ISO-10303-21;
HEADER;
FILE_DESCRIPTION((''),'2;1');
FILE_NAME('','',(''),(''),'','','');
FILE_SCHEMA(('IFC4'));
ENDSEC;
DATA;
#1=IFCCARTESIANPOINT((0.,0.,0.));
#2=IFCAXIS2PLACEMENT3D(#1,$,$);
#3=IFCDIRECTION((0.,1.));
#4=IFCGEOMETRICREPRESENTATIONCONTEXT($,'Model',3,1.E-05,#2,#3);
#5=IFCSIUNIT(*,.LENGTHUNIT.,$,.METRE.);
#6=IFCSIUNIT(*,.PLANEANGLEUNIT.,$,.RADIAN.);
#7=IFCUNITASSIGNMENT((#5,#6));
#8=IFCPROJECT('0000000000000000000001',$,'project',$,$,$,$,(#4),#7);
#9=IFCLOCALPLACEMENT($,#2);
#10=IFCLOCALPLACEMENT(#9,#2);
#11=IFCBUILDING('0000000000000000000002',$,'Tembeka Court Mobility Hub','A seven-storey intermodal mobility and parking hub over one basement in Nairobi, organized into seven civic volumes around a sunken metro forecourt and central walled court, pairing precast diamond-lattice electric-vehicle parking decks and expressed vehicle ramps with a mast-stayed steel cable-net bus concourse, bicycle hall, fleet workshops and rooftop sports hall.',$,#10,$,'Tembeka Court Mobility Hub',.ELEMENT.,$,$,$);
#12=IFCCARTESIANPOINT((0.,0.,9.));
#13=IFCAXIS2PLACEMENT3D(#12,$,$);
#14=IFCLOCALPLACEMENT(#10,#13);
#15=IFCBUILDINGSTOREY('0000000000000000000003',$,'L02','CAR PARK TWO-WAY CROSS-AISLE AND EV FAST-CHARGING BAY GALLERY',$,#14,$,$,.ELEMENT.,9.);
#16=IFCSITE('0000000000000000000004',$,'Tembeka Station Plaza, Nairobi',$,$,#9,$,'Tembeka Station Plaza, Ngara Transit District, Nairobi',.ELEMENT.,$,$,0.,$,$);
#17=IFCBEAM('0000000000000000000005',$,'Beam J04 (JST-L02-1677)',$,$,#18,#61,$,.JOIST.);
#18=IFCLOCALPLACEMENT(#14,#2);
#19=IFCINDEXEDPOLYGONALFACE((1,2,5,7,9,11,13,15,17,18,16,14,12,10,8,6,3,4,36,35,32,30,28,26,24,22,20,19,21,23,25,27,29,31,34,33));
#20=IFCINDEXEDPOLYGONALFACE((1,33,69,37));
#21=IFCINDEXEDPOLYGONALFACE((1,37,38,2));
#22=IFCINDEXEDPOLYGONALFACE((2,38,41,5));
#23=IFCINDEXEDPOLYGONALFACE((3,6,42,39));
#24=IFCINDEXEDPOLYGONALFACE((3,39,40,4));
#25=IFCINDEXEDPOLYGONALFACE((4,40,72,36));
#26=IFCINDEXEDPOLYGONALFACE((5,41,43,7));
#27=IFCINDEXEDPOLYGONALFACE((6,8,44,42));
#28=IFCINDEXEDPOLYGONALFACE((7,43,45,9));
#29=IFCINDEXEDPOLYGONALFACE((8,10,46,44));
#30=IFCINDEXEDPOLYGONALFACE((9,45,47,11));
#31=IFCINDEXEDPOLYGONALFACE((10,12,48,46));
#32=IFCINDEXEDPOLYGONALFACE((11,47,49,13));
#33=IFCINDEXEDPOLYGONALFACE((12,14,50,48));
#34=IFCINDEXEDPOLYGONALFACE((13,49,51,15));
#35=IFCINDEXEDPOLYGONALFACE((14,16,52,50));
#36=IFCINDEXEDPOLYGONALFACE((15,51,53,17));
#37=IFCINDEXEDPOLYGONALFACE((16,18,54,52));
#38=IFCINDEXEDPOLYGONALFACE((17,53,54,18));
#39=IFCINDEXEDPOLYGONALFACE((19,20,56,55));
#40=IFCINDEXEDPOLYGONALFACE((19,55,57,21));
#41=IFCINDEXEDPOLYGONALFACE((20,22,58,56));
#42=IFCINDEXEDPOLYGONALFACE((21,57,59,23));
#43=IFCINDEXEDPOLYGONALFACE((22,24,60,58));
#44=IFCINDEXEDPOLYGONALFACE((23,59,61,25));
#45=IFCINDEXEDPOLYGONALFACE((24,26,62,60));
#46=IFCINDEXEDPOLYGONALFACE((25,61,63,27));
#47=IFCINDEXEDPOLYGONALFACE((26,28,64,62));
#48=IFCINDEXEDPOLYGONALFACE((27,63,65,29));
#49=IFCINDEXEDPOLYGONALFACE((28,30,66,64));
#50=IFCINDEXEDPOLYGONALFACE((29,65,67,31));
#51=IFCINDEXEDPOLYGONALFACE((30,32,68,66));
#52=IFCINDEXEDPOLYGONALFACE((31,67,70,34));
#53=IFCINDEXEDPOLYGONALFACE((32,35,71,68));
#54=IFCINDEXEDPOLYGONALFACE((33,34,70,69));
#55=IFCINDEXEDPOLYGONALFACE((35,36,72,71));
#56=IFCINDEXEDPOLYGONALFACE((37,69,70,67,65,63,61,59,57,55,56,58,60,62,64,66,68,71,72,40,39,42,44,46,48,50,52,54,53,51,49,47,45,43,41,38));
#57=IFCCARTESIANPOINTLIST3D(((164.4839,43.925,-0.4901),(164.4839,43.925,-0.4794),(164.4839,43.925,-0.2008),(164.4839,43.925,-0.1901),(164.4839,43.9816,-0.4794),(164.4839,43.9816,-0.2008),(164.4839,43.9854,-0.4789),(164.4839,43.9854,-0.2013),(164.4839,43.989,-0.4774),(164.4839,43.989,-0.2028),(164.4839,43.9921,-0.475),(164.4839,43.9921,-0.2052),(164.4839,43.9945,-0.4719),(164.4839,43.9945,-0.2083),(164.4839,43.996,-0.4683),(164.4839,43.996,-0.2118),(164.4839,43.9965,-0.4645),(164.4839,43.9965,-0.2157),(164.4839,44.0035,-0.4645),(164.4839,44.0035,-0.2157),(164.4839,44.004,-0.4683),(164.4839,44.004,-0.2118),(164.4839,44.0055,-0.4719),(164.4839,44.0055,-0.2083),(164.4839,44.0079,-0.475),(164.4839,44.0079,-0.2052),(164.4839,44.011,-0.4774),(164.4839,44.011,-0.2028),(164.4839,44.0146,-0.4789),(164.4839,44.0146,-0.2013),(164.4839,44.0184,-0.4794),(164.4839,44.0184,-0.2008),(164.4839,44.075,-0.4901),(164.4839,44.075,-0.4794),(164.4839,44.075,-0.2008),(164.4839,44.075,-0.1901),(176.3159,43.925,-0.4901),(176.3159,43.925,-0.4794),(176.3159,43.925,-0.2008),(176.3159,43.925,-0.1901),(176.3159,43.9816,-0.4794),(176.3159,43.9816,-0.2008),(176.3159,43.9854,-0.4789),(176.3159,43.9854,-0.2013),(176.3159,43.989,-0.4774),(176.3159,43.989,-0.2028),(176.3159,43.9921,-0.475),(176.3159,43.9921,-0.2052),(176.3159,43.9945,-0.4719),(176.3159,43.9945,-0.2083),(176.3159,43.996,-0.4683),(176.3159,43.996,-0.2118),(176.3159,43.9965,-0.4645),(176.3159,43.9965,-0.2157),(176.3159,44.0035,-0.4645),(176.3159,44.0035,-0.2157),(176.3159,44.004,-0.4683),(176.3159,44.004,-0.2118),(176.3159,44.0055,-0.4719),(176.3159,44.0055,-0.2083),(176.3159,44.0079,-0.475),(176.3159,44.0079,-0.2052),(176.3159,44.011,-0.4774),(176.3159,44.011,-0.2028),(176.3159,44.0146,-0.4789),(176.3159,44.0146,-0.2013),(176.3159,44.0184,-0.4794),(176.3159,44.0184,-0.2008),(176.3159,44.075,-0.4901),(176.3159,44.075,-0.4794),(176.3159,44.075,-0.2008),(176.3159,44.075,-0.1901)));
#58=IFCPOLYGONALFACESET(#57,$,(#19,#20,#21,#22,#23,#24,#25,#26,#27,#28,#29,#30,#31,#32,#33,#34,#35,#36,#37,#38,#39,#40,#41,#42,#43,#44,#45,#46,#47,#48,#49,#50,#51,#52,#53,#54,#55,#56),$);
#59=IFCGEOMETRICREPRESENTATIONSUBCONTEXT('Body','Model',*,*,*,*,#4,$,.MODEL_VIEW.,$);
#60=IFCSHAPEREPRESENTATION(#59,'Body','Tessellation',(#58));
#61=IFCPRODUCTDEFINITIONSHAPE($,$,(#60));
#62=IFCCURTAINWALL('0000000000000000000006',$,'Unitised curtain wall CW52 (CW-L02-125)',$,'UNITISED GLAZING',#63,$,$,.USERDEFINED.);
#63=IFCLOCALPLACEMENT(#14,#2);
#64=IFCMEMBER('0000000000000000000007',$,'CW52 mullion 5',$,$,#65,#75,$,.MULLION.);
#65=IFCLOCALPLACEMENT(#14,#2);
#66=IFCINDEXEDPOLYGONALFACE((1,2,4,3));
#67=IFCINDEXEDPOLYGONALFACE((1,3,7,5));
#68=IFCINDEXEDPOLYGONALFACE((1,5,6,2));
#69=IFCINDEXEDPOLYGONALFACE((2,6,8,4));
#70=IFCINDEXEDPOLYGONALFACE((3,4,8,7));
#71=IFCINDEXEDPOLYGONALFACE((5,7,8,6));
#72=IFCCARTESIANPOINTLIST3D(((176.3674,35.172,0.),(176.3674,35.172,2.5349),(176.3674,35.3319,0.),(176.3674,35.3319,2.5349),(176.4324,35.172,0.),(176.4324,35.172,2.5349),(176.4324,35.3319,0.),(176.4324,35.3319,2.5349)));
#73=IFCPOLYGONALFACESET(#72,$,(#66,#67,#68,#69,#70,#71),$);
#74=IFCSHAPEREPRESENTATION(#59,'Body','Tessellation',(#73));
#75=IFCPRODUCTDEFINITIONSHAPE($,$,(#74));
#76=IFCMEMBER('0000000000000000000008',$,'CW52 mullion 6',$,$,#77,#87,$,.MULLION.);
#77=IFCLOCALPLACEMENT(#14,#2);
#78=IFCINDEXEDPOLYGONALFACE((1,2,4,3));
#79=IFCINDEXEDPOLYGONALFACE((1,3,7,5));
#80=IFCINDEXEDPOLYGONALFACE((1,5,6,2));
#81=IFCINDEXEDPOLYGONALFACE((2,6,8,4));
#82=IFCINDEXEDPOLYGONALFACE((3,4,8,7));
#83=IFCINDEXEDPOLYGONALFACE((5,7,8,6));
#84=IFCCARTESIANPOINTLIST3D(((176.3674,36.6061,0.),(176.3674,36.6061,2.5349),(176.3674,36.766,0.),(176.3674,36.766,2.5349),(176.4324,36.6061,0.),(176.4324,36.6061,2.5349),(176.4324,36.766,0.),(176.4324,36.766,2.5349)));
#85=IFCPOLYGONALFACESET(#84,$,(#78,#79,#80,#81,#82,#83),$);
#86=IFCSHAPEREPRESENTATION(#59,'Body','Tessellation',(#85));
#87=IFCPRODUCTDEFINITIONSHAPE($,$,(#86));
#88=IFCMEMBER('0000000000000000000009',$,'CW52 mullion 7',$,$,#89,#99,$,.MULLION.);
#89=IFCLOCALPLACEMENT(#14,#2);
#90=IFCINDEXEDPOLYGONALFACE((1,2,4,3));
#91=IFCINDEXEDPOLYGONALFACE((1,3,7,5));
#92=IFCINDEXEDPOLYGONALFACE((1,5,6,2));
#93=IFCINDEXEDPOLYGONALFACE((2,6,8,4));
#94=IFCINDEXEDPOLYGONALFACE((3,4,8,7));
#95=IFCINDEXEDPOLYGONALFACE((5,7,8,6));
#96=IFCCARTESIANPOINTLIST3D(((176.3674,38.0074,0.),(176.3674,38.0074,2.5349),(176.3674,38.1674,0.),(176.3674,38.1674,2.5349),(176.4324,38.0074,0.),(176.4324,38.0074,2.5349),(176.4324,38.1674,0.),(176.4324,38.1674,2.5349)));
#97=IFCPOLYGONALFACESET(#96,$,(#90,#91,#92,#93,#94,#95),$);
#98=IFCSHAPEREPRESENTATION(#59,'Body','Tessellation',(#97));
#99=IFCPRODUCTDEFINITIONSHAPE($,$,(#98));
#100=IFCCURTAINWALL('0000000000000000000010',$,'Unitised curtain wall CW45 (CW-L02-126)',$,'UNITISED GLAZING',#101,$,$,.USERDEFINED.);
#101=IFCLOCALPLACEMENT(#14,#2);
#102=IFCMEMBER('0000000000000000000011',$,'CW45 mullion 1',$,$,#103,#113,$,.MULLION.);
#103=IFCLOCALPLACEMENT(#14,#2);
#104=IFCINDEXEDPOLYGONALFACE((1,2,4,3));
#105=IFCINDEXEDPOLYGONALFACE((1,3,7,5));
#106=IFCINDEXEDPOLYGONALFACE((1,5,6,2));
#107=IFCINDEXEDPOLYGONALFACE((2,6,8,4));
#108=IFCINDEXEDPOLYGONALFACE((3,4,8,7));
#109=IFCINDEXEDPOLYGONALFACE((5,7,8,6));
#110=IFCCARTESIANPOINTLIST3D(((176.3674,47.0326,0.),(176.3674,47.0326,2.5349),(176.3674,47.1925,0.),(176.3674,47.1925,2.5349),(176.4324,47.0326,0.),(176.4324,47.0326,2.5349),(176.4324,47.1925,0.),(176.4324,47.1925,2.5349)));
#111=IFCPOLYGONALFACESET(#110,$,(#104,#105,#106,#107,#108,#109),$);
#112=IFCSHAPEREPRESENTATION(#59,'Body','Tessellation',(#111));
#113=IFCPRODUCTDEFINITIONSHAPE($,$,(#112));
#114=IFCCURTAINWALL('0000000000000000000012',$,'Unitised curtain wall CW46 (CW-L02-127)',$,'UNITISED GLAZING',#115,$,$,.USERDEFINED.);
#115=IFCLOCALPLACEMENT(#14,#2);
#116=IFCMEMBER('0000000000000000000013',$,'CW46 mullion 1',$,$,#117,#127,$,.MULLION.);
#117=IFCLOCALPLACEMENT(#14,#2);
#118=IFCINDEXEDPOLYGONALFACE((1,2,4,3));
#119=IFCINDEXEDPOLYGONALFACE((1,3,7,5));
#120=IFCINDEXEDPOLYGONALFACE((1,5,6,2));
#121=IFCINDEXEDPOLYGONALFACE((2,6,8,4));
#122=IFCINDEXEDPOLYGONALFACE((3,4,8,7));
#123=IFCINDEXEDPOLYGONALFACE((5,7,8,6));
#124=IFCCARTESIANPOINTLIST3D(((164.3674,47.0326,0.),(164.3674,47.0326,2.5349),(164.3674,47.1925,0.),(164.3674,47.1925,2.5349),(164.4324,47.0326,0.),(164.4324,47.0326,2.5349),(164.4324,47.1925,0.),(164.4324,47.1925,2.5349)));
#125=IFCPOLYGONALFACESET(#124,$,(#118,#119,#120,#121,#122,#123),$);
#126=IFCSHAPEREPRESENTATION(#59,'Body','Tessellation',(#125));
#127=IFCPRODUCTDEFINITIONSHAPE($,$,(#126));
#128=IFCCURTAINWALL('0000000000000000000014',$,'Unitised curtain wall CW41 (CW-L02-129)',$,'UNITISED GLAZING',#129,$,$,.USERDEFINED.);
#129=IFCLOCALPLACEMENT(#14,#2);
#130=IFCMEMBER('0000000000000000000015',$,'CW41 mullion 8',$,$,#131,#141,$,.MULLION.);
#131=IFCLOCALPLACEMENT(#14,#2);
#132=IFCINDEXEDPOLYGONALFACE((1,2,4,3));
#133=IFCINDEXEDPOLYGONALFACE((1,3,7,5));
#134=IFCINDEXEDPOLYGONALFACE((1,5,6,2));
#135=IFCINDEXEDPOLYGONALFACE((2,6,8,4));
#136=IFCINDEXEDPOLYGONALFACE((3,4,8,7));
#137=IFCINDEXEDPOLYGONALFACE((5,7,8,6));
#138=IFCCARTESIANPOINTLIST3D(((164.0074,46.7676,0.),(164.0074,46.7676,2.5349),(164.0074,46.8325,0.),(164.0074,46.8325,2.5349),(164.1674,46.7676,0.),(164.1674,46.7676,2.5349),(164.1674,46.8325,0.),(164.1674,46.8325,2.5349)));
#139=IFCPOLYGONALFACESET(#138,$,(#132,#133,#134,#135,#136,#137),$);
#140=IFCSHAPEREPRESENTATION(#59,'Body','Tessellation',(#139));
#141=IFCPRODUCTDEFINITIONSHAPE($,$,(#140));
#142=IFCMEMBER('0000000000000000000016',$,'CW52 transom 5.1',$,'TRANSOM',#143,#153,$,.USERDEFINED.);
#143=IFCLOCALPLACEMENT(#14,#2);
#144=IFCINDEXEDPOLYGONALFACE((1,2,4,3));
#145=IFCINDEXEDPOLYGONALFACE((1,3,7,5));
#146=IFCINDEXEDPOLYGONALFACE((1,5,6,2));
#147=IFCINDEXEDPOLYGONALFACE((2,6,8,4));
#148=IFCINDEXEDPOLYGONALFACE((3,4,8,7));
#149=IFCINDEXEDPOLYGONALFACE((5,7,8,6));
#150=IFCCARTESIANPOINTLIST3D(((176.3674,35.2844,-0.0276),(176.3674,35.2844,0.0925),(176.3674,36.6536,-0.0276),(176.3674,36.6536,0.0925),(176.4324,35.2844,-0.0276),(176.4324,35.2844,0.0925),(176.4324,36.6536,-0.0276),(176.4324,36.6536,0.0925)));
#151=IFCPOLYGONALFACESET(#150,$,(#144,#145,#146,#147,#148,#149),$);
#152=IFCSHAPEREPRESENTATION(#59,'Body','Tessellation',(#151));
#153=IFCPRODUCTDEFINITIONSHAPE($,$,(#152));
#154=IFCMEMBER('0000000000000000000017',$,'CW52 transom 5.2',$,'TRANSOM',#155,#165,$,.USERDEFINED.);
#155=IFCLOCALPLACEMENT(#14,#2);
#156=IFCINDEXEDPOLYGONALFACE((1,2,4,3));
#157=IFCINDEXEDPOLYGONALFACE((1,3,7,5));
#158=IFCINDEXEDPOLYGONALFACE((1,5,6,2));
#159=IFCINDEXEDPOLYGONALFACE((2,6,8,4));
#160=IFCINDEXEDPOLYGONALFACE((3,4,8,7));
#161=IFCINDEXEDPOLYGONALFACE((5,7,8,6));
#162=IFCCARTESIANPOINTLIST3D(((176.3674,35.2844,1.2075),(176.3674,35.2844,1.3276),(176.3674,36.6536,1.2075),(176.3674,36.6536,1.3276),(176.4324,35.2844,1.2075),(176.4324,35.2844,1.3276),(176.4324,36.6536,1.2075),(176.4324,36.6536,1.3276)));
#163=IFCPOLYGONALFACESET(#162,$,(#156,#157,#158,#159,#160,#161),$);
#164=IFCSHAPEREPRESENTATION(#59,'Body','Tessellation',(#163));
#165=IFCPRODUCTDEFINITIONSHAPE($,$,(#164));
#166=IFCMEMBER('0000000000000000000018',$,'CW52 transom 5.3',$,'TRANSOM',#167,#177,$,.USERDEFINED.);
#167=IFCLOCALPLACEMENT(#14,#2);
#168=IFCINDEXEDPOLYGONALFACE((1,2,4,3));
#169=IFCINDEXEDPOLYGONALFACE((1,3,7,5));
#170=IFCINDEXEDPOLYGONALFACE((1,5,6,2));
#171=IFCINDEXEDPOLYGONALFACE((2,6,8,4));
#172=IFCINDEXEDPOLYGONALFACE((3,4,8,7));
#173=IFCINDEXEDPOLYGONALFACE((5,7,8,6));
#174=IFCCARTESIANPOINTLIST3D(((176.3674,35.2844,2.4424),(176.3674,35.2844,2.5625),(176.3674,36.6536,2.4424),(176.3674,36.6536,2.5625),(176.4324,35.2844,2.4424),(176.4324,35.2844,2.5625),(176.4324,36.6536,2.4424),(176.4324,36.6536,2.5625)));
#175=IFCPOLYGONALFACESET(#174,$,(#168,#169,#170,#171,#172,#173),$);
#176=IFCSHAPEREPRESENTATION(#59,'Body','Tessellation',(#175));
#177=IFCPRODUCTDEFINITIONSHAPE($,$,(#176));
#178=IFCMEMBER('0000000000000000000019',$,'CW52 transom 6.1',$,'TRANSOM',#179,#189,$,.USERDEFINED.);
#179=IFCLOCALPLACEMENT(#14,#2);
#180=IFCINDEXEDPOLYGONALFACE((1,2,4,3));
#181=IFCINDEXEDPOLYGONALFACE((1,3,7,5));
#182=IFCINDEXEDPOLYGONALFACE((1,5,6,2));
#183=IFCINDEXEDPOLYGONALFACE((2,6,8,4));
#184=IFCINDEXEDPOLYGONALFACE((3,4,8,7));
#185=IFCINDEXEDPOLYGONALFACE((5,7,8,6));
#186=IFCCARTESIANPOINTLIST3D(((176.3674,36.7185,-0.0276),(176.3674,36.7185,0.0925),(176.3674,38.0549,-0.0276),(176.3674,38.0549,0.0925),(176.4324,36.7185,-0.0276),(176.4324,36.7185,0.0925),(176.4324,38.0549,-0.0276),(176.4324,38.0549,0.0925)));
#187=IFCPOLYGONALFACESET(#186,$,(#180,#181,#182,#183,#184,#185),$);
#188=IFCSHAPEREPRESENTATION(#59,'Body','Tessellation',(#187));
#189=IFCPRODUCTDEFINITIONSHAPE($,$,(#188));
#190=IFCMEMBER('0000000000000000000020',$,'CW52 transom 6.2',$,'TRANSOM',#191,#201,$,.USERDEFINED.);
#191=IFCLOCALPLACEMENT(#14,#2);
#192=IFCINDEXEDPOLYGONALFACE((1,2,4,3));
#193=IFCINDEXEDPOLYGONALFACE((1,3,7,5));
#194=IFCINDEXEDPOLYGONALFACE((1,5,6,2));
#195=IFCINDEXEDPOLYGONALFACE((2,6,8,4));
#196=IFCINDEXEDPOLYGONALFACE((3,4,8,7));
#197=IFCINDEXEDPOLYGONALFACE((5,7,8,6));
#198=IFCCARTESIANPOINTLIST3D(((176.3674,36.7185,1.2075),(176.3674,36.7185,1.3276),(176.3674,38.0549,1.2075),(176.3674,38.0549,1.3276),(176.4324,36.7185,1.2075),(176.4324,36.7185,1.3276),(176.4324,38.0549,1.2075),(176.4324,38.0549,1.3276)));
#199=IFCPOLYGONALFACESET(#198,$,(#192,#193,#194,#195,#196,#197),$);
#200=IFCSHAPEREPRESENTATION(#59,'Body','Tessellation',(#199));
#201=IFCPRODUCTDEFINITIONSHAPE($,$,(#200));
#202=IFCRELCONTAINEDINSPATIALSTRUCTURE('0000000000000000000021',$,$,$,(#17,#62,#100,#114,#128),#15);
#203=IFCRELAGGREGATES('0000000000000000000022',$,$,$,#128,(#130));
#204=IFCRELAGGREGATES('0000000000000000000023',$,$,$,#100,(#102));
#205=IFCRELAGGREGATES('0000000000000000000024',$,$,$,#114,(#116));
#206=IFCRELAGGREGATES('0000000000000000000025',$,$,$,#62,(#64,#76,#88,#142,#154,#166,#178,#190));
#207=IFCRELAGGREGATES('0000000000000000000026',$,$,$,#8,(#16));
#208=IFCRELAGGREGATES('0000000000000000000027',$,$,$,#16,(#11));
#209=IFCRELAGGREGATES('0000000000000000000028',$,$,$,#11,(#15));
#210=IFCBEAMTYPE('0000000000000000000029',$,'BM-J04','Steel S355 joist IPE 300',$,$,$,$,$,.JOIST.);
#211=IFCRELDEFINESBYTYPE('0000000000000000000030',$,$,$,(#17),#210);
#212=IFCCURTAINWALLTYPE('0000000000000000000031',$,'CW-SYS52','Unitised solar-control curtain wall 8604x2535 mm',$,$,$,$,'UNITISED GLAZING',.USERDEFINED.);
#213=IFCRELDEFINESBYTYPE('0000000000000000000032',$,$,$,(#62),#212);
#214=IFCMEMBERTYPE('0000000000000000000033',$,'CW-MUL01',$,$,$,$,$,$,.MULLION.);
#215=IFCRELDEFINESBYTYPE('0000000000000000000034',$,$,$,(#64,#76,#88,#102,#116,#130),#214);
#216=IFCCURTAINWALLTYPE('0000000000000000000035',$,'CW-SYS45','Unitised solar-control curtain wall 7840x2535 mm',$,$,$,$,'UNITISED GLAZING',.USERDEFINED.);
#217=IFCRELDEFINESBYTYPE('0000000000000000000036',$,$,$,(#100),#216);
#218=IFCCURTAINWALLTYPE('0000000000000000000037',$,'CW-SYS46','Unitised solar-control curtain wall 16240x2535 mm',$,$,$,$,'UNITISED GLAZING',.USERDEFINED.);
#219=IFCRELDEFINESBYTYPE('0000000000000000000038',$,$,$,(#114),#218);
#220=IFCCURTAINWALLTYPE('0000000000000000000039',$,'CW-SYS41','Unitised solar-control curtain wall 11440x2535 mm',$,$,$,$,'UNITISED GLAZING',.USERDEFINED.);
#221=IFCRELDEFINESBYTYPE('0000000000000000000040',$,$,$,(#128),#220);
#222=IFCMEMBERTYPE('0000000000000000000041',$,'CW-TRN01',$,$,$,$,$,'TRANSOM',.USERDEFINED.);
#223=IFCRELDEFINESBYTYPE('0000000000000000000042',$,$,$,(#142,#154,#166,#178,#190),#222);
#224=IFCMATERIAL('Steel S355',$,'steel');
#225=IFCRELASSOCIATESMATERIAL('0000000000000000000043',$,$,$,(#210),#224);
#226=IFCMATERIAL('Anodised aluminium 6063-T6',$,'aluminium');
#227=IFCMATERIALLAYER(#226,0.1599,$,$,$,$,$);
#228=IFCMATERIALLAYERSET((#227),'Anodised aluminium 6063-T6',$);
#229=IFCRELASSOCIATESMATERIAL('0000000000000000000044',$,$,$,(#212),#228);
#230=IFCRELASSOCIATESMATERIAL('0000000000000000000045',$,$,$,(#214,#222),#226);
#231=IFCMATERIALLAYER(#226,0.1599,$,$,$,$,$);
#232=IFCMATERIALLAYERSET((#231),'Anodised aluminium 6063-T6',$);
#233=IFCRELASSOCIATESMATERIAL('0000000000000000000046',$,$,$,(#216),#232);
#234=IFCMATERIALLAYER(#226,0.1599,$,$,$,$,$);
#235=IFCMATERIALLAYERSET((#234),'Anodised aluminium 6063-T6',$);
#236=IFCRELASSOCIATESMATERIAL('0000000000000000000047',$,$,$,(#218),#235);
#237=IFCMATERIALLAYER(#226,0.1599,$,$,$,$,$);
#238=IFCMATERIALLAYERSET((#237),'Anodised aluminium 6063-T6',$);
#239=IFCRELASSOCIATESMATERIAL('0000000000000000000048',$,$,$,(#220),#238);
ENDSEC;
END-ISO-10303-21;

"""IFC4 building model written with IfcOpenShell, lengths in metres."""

from ifc_helpers import new_model, si_unit, direction, frame, origin, origin_2d, place, context, subcontext, project, spatial, rectangle, i_section, extrude, material, layer, layer_set, material_profile, profile_set, type_object, element, aggregate, save


model = new_model("IFC4")

# Units and contexts
model_context = context("Model", 3, precision=1e-05, world=origin(), true_north=direction((0.0, 1.0)))
body_context = subcontext(model_context, "Body", "Model", "MODEL_VIEW")
ifc_project = project(units=[si_unit("LENGTHUNIT", "METRE"), si_unit("PLANEANGLEUNIT", "RADIAN")], contexts=[model_context])

# Site, building, storey
site_placement = place(None, origin())
site = spatial("IfcSite", under=ifc_project, at=site_placement, Name="Tembeka Station Plaza, Nairobi", LongName="Tembeka Station Plaza, Ngara Transit District, Nairobi", CompositionType="ELEMENT", RefElevation=0.0)
building_placement = place(site_placement, origin())
building = spatial("IfcBuilding", under=site, at=building_placement, Name="Tembeka Court Mobility Hub", Description="A seven-storey intermodal mobility and parking hub over one basement in Nairobi, organized into seven civic volumes around a sunken metro forecourt and central walled court, pairing precast diamond-lattice electric-vehicle parking decks and expressed vehicle ramps with a mast-stayed steel cable-net bus concourse, bicycle hall, fleet workshops and rooftop sports hall.", LongName="Tembeka Court Mobility Hub", CompositionType="ELEMENT")
storey_placement = place(building_placement, frame((0.0, 0.0, 9.0)))
storey = spatial("IfcBuildingStorey", under=building, at=storey_placement, Name="L02", Description="CAR PARK TWO-WAY CROSS-AISLE AND EV FAST-CHARGING BAY GALLERY", CompositionType="ELEMENT", Elevation=9.0)

# Shared definitions
ifc_material_1 = material(Name="Steel S355", Category="steel")

# Beam
ifc_material_profile_1 = material_profile(ifc_material_1, i_section(OverallWidth=0.1499, OverallDepth=0.3, WebThickness=0.0071, FlangeThickness=0.0107, FilletRadius=0.0149, at=origin_2d()), Name="IPE 300")
ifc_profile_set_1 = profile_set([ifc_material_profile_1], Name="Steel S355")
beam_type_1 = type_object("IfcBeamType", Name="BM-J04", Description="Steel S355 joist IPE 300", PredefinedType="JOIST", material=ifc_profile_set_1)
for number, where, z_axis, x_axis, name in (
    (1, (164.4839, 44.0, -0.3401), (1.0, 0.0, 0.0), (0.0, 1.0, 0.0), "Beam J04 (JST-L02-1677)"),
):
    element("IfcBeam", number, at=place(storey_placement, frame(where, z_axis=z_axis, x_axis=x_axis)), inside=storey, type_object=beam_type_1, Name=name, PredefinedType="JOIST", context=body_context, shape_type="SweptSolid", body=[
        extrude(i_section(OverallWidth=0.1499, OverallDepth=0.3, WebThickness=0.0071, FlangeThickness=0.0107, FilletRadius=0.0149, at=origin_2d()), origin(), (0.0, 0.0, 1.0), 11.832),
    ])

# Curtain wall, members
ifc_material_2 = material(Name="Anodised aluminium 6063-T6", Category="aluminium")
ifc_layer_1 = layer(ifc_material_2, 0.1599)
ifc_layer_set_1 = layer_set([ifc_layer_1], Name="Anodised aluminium 6063-T6")
curtain_wall_type_1 = type_object("IfcCurtainWallType", Name="CW-SYS52", Description="Unitised solar-control curtain wall 8604x2535 mm", ElementType="UNITISED GLAZING", PredefinedType="USERDEFINED", material=ifc_layer_set_1)
curtain_wall_1_placement = place(storey_placement, origin())
curtain_wall_1 = element("IfcCurtainWall", 2, at=curtain_wall_1_placement, inside=storey, type_object=curtain_wall_type_1, Name="Unitised curtain wall CW52 (CW-L02-125)", ObjectType="UNITISED GLAZING", PredefinedType="USERDEFINED")
ifc_material_profile_2 = material_profile(ifc_material_2, rectangle(XDim=0.0649, YDim=0.1599, at=origin_2d()), Name="ALU-MUL 65x160")
ifc_profile_set_2 = profile_set([ifc_material_profile_2], Name="Anodised aluminium 6063-T6")
member_type_1 = type_object("IfcMemberType", Name="CW-MUL01", PredefinedType="MULLION", material=ifc_profile_set_2)
member_1_placement = place(storey_placement, frame((176.3999, 35.252, 0.0), z_axis=(0.0, 0.0, 1.0), x_axis=(-1.0, 0.0, 0.0)))
member_1 = element("IfcMember", 3, at=member_1_placement, type_object=member_type_1, Name="CW52 mullion 5", PredefinedType="MULLION", context=body_context, shape_type="SweptSolid", body=[
    extrude(rectangle(XDim=0.0649, YDim=0.1599, at=origin_2d()), origin(), (0.0, 0.0, 1.0), 2.5349),
])
member_2_placement = place(storey_placement, frame((176.3999, 36.686, 0.0), z_axis=(0.0, 0.0, 1.0), x_axis=(-1.0, 0.0, 0.0)))
member_2 = element("IfcMember", 4, at=member_2_placement, type_object=member_type_1, Name="CW52 mullion 6", PredefinedType="MULLION", context=body_context, shape_type="SweptSolid", body=[
    extrude(rectangle(XDim=0.0649, YDim=0.1599, at=origin_2d()), origin(), (0.0, 0.0, 1.0), 2.5349),
])
member_3_placement = place(storey_placement, frame((176.3999, 38.0874, 0.0), z_axis=(0.0, 0.0, 1.0), x_axis=(-1.0, 0.0, 0.0)))
member_3 = element("IfcMember", 5, at=member_3_placement, type_object=member_type_1, Name="CW52 mullion 7", PredefinedType="MULLION", context=body_context, shape_type="SweptSolid", body=[
    extrude(rectangle(XDim=0.0649, YDim=0.1599, at=origin_2d()), origin(), (0.0, 0.0, 1.0), 2.5349),
])

# Curtain walls, members
ifc_layer_2 = layer(ifc_material_2, 0.1599)
ifc_layer_set_2 = layer_set([ifc_layer_2], Name="Anodised aluminium 6063-T6")
curtain_wall_type_2 = type_object("IfcCurtainWallType", Name="CW-SYS45", Description="Unitised solar-control curtain wall 7840x2535 mm", ElementType="UNITISED GLAZING", PredefinedType="USERDEFINED", material=ifc_layer_set_2)
curtain_wall_2_placement = place(storey_placement, origin())
curtain_wall_2 = element("IfcCurtainWall", 6, at=curtain_wall_2_placement, inside=storey, type_object=curtain_wall_type_2, Name="Unitised curtain wall CW45 (CW-L02-126)", ObjectType="UNITISED GLAZING", PredefinedType="USERDEFINED")
member_4_placement = place(storey_placement, frame((176.3999, 47.1125, 0.0), z_axis=(0.0, 0.0, 1.0), x_axis=(-1.0, 0.0, 0.0)))
member_4 = element("IfcMember", 7, at=member_4_placement, type_object=member_type_1, Name="CW45 mullion 1", PredefinedType="MULLION", context=body_context, shape_type="SweptSolid", body=[
    extrude(rectangle(XDim=0.0649, YDim=0.1599, at=origin_2d()), origin(), (0.0, 0.0, 1.0), 2.5349),
])
ifc_layer_3 = layer(ifc_material_2, 0.1599)
ifc_layer_set_3 = layer_set([ifc_layer_3], Name="Anodised aluminium 6063-T6")
curtain_wall_type_3 = type_object("IfcCurtainWallType", Name="CW-SYS46", Description="Unitised solar-control curtain wall 16240x2535 mm", ElementType="UNITISED GLAZING", PredefinedType="USERDEFINED", material=ifc_layer_set_3)
curtain_wall_3_placement = place(storey_placement, origin())
curtain_wall_3 = element("IfcCurtainWall", 8, at=curtain_wall_3_placement, inside=storey, type_object=curtain_wall_type_3, Name="Unitised curtain wall CW46 (CW-L02-127)", ObjectType="UNITISED GLAZING", PredefinedType="USERDEFINED")
member_5_placement = place(storey_placement, frame((164.3999, 47.1125, 0.0), z_axis=(0.0, 0.0, 1.0), x_axis=(-1.0, 0.0, 0.0)))
member_5 = element("IfcMember", 9, at=member_5_placement, type_object=member_type_1, Name="CW46 mullion 1", PredefinedType="MULLION", context=body_context, shape_type="SweptSolid", body=[
    extrude(rectangle(XDim=0.0649, YDim=0.1599, at=origin_2d()), origin(), (0.0, 0.0, 1.0), 2.5349),
])
ifc_layer_4 = layer(ifc_material_2, 0.1599)
ifc_layer_set_4 = layer_set([ifc_layer_4], Name="Anodised aluminium 6063-T6")
curtain_wall_type_4 = type_object("IfcCurtainWallType", Name="CW-SYS41", Description="Unitised solar-control curtain wall 11440x2535 mm", ElementType="UNITISED GLAZING", PredefinedType="USERDEFINED", material=ifc_layer_set_4)
curtain_wall_4_placement = place(storey_placement, origin())
curtain_wall_4 = element("IfcCurtainWall", 10, at=curtain_wall_4_placement, inside=storey, type_object=curtain_wall_type_4, Name="Unitised curtain wall CW41 (CW-L02-129)", ObjectType="UNITISED GLAZING", PredefinedType="USERDEFINED")
member_6_placement = place(storey_placement, frame((164.0874, 46.8, 0.0), z_axis=(0.0, 0.0, 1.0), x_axis=(0.0, 1.0, 0.0)))
member_6 = element("IfcMember", 11, at=member_6_placement, type_object=member_type_1, Name="CW41 mullion 8", PredefinedType="MULLION", context=body_context, shape_type="SweptSolid", body=[
    extrude(rectangle(XDim=0.0649, YDim=0.1599, at=origin_2d()), origin(), (0.0, 0.0, 1.0), 2.5349),
])
aggregate(curtain_wall_4, [member_6])

# Members
ifc_material_profile_3 = material_profile(ifc_material_2, rectangle(XDim=0.0649, YDim=0.1201, at=origin_2d()), Name="ALU-TRN 65x120")
ifc_profile_set_3 = profile_set([ifc_material_profile_3], Name="Anodised aluminium 6063-T6")
member_type_2 = type_object("IfcMemberType", Name="CW-TRN01", ElementType="TRANSOM", PredefinedType="USERDEFINED", material=ifc_profile_set_3)
member_7_placement = place(storey_placement, frame((176.3999, 35.2844, 0.0325), z_axis=(0.0, 1.0, 0.0), x_axis=(-1.0, 0.0, 0.0)))
member_7 = element("IfcMember", 12, at=member_7_placement, type_object=member_type_2, Name="CW52 transom 5.1", ObjectType="TRANSOM", PredefinedType="USERDEFINED", context=body_context, shape_type="SweptSolid", body=[
    extrude(rectangle(XDim=0.0649, YDim=0.1201, at=origin_2d()), origin(), (0.0, 0.0, 1.0), 1.3691),
])
member_8_placement = place(storey_placement, frame((176.3999, 35.2844, 1.2676), z_axis=(0.0, 1.0, 0.0), x_axis=(-1.0, 0.0, 0.0)))
member_8 = element("IfcMember", 13, at=member_8_placement, type_object=member_type_2, Name="CW52 transom 5.2", ObjectType="TRANSOM", PredefinedType="USERDEFINED", context=body_context, shape_type="SweptSolid", body=[
    extrude(rectangle(XDim=0.0649, YDim=0.1201, at=origin_2d()), origin(), (0.0, 0.0, 1.0), 1.3691),
])
member_9_placement = place(storey_placement, frame((176.3999, 35.2844, 2.5024), z_axis=(0.0, 1.0, 0.0), x_axis=(-1.0, 0.0, 0.0)))
member_9 = element("IfcMember", 14, at=member_9_placement, type_object=member_type_2, Name="CW52 transom 5.3", ObjectType="TRANSOM", PredefinedType="USERDEFINED", context=body_context, shape_type="SweptSolid", body=[
    extrude(rectangle(XDim=0.0649, YDim=0.1201, at=origin_2d()), origin(), (0.0, 0.0, 1.0), 1.3691),
])
member_10_placement = place(storey_placement, frame((176.3999, 36.7185, 0.0325), z_axis=(0.0, 1.0, 0.0), x_axis=(-1.0, 0.0, 0.0)))
member_10 = element("IfcMember", 15, at=member_10_placement, type_object=member_type_2, Name="CW52 transom 6.1", ObjectType="TRANSOM", PredefinedType="USERDEFINED", context=body_context, shape_type="SweptSolid", body=[
    extrude(rectangle(XDim=0.0649, YDim=0.1201, at=origin_2d()), origin(), (0.0, 0.0, 1.0), 1.3364),
])
member_11_placement = place(storey_placement, frame((176.3999, 36.7185, 1.2676), z_axis=(0.0, 1.0, 0.0), x_axis=(-1.0, 0.0, 0.0)))
member_11 = element("IfcMember", 16, at=member_11_placement, type_object=member_type_2, Name="CW52 transom 6.2", ObjectType="TRANSOM", PredefinedType="USERDEFINED", context=body_context, shape_type="SweptSolid", body=[
    extrude(rectangle(XDim=0.0649, YDim=0.1201, at=origin_2d()), origin(), (0.0, 0.0, 1.0), 1.3364),
])
aggregate(curtain_wall_2, [member_4])
aggregate(curtain_wall_3, [member_5])

aggregate(curtain_wall_1, [member_1, member_2, member_3, member_7, member_8, member_9, member_10, member_11])

save(model, "model.ifc")
